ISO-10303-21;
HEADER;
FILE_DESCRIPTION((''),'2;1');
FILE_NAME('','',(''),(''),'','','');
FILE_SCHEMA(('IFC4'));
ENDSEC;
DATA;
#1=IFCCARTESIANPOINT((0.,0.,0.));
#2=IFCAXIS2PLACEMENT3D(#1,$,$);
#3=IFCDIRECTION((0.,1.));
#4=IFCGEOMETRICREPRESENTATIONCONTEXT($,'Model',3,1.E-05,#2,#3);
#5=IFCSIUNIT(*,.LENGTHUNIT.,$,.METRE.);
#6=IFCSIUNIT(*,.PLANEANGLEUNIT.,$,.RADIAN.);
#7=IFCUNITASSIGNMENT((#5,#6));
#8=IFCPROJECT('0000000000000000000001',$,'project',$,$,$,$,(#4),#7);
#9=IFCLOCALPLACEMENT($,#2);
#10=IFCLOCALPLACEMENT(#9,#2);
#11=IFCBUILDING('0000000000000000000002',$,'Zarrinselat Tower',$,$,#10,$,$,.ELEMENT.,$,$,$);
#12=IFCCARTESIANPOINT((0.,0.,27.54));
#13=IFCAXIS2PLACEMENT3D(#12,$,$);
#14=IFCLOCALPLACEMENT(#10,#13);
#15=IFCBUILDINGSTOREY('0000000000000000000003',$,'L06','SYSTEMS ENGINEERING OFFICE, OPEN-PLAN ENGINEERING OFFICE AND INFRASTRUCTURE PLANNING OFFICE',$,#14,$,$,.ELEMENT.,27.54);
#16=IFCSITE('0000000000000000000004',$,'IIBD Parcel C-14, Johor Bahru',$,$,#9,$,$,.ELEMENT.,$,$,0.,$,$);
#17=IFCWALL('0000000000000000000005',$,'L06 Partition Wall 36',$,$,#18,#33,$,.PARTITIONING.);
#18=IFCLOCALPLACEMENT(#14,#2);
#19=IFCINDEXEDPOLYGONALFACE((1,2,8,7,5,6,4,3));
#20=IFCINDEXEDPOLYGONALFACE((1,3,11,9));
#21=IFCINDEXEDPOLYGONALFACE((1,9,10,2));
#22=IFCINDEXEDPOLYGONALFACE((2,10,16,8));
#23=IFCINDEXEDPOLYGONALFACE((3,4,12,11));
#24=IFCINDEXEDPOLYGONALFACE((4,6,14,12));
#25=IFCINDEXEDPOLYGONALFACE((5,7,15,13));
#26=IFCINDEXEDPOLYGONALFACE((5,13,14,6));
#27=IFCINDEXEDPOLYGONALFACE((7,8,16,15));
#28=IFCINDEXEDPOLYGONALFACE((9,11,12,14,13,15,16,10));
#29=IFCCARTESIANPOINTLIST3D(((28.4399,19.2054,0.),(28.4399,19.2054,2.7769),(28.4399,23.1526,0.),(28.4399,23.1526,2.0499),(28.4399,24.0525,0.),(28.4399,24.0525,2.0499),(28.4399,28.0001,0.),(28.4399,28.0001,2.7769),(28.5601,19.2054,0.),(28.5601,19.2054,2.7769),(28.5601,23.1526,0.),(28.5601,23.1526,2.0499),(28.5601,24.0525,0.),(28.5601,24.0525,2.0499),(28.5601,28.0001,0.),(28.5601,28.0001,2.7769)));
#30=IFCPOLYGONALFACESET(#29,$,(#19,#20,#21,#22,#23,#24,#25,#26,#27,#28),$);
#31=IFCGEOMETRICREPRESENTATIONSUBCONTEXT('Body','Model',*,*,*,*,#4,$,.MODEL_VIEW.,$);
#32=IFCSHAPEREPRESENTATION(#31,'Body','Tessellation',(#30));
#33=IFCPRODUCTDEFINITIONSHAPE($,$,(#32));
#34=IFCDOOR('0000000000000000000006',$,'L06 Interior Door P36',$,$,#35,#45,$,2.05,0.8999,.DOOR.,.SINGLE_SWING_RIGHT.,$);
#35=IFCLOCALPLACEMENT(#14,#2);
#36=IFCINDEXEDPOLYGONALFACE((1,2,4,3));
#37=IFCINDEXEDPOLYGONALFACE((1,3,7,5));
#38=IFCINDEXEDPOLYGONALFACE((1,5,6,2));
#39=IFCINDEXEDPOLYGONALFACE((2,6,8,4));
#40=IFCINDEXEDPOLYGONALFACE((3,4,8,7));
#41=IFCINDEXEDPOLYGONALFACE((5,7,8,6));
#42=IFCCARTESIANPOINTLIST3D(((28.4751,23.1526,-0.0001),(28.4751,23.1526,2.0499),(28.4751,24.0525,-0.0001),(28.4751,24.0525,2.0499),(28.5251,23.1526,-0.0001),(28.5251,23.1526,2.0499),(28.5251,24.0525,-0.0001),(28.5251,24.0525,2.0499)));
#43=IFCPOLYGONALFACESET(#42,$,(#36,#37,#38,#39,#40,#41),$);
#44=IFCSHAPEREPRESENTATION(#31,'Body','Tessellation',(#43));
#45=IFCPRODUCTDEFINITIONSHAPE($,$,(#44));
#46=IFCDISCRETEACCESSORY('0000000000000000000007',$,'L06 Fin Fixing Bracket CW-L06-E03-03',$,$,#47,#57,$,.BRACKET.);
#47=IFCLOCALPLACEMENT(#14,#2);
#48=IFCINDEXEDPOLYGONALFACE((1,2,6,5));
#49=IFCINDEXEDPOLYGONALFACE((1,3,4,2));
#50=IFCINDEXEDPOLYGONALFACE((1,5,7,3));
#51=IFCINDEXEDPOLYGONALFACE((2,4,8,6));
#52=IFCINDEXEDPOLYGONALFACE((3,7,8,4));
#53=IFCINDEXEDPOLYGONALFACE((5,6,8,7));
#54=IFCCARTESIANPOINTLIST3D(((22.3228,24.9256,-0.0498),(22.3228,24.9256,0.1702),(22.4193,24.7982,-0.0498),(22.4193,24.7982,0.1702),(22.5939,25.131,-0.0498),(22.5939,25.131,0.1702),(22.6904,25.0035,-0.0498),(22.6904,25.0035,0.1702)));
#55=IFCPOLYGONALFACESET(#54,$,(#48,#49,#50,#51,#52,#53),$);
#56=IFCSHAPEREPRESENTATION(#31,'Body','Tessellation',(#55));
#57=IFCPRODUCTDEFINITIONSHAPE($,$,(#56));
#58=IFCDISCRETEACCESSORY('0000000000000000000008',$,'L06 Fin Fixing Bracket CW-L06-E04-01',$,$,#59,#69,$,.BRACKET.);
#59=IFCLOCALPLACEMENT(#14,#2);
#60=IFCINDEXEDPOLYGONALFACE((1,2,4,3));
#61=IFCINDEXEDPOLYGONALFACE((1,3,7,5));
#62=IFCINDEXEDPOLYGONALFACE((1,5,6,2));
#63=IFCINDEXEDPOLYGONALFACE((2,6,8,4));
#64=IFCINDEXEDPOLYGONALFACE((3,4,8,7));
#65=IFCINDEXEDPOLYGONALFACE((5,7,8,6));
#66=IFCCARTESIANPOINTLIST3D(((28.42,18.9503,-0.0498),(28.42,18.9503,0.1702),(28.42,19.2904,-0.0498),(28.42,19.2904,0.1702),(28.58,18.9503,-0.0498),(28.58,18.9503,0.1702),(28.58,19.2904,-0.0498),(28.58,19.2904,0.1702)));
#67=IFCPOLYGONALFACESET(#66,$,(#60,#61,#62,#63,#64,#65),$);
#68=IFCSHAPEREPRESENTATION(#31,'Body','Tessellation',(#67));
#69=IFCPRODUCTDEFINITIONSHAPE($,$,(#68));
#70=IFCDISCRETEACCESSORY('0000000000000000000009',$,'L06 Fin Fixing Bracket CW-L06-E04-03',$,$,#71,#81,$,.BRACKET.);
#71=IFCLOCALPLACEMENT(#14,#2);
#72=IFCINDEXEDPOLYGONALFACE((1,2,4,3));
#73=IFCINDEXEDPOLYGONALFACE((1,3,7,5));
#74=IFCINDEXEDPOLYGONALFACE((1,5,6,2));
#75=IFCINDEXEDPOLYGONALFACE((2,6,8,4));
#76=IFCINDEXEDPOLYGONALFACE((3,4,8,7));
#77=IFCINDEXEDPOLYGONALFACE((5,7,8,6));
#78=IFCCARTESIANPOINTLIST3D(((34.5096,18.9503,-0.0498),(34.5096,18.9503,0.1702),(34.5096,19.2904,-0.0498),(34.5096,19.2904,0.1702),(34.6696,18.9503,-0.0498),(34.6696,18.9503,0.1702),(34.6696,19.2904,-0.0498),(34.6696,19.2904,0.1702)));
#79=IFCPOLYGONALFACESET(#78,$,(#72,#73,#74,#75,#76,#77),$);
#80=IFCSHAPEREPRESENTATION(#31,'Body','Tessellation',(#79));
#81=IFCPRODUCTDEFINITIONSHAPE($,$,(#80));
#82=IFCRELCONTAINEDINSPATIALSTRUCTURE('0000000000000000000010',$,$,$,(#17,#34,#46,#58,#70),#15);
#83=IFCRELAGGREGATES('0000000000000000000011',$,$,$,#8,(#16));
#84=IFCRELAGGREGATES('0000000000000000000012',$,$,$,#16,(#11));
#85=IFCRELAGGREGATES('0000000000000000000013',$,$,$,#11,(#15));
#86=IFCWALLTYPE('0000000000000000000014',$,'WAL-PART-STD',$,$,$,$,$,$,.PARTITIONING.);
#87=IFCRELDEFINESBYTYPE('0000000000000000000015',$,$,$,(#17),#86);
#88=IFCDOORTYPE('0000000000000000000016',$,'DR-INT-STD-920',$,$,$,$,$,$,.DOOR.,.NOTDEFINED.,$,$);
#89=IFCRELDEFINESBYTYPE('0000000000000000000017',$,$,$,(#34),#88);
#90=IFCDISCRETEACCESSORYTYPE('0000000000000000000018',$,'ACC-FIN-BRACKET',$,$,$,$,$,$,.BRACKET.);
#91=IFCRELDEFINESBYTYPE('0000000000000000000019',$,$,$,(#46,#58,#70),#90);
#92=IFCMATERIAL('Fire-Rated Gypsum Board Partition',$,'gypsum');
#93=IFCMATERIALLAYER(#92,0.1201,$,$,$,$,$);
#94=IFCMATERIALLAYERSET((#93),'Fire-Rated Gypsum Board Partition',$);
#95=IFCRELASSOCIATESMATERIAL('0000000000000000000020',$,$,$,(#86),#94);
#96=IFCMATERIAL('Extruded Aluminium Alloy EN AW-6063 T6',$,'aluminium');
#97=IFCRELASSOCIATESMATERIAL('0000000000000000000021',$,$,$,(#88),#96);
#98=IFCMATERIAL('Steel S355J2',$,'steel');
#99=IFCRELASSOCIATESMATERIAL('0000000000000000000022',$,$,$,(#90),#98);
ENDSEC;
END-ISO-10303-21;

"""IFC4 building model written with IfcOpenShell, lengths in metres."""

from ifc_helpers import new_model, si_unit, direction, frame, frame_2d, origin, origin_2d, place, context, subcontext, project, spatial, rectangle, extrude, material, layer, layer_set, type_object, element, fill, save


model = new_model("IFC4")

# Units and contexts
model_context = context("Model", 3, precision=1e-05, world=origin(), true_north=direction((0.0, 1.0)))
body_context = subcontext(model_context, "Body", "Model", "MODEL_VIEW")
ifc_project = project(units=[si_unit("LENGTHUNIT", "METRE"), si_unit("PLANEANGLEUNIT", "RADIAN")], contexts=[model_context])

# Site, building, storey
site_placement = place(None, origin())
site = spatial("IfcSite", under=ifc_project, at=site_placement, Name="IIBD Parcel C-14, Johor Bahru", CompositionType="ELEMENT", RefElevation=0.0)
building_placement = place(site_placement, origin())
building = spatial("IfcBuilding", under=site, at=building_placement, Name="Zarrinselat Tower", CompositionType="ELEMENT")
storey_placement = place(building_placement, frame((0.0, 0.0, 27.54)))
storey = spatial("IfcBuildingStorey", under=building, at=storey_placement, Name="L06", Description="SYSTEMS ENGINEERING OFFICE, OPEN-PLAN ENGINEERING OFFICE AND INFRASTRUCTURE PLANNING OFFICE", CompositionType="ELEMENT", Elevation=27.54)

# Wall, opening, door
ifc_material_1 = material(Name="Fire-Rated Gypsum Board Partition", Category="gypsum")
ifc_layer_1 = layer(ifc_material_1, 0.1201)
ifc_layer_set_1 = layer_set([ifc_layer_1], Name="Fire-Rated Gypsum Board Partition")
wall_type = type_object("IfcWallType", Name="WAL-PART-STD", PredefinedType="PARTITIONING", material=ifc_layer_set_1)
wall_placement = place(storey_placement, frame((28.5, 19.2053, 0.0), z_axis=(0.0, 0.0, 1.0), x_axis=(0.0, 1.0, 0.0)))
wall = element("IfcWall", 1, at=wall_placement, inside=storey, type_object=wall_type, Name="L06 Partition Wall 36", PredefinedType="PARTITIONING", context=body_context, shape_type="SweptSolid", body=[
    extrude(rectangle(XDim=8.7947, YDim=0.1201, at=frame_2d((4.3975, 0.0))), origin(), (0.0, 0.0, 1.0), 2.7769),
])
opening_placement = place(wall_placement, frame((3.9473, 0.0, 0.0)))
opening = element("IfcOpeningElement", 2, at=opening_placement, cuts=wall, PredefinedType="OPENING", context=body_context, shape_type="SweptSolid", body=[
    extrude(rectangle(XDim=0.8999, YDim=2.05, at=frame_2d((0.45, 1.0249))), frame((0.0, 0.0701, 0.0), z_axis=(0.0, -1.0, 0.0), x_axis=(1.0, 0.0, 0.0)), (0.0, 0.0, 1.0), 0.1401),
])
ifc_material_2 = material(Name="Extruded Aluminium Alloy EN AW-6063 T6", Category="aluminium")
door_type = type_object("IfcDoorType", Name="DR-INT-STD-920", OperationType="NOTDEFINED", PredefinedType="DOOR", material=ifc_material_2)
door_placement = place(opening_placement, origin())
door = element("IfcDoor", 3, at=door_placement, inside=storey, type_object=door_type, Name="L06 Interior Door P36", OperationType="SINGLE_SWING_RIGHT", OverallHeight=2.05, OverallWidth=0.8999, PredefinedType="DOOR", context=body_context, shape_type="SweptSolid", body=[
    extrude(rectangle(XDim=0.8999, YDim=2.05, at=frame_2d((0.45, 1.0249))), frame((0.0, 0.0249, 0.0), z_axis=(0.0, -1.0, 0.0), x_axis=(1.0, 0.0, 0.0)), (0.0, 0.0, 1.0), 0.05),
])
fill(opening, door)

# Discrete accessories
ifc_material_3 = material(Name="Steel S355J2", Category="steel")
discrete_accessory_type = type_object("IfcDiscreteAccessoryType", Name="ACC-FIN-BRACKET", PredefinedType="BRACKET", material=ifc_material_3)
for number, where, z_axis, x_axis, name in (
    (4, (22.5066, 24.9646, -0.0498), (0.0, 0.0, 1.0), (-0.797092, -0.603858, 0.0), "L06 Fin Fixing Bracket CW-L06-E03-03"),
    (5, (28.5, 19.1204, -0.0498), (0.0, 0.0, 1.0), (0.0, -1.0, 0.0), "L06 Fin Fixing Bracket CW-L06-E04-01"),
    (6, (34.5896, 19.1204, -0.0498), (0.0, 0.0, 1.0), (0.0, -1.0, 0.0), "L06 Fin Fixing Bracket CW-L06-E04-03"),
):
    element("IfcDiscreteAccessory", number, at=place(storey_placement, frame(where, z_axis=z_axis, x_axis=x_axis)), inside=storey, type_object=discrete_accessory_type, Name=name, PredefinedType="BRACKET", context=body_context, shape_type="SweptSolid", body=[
        extrude(rectangle(XDim=0.3401, YDim=0.1599, at=origin_2d()), origin(), (0.0, 0.0, 1.0), 0.22),
    ])

save(model, "model.ifc")
